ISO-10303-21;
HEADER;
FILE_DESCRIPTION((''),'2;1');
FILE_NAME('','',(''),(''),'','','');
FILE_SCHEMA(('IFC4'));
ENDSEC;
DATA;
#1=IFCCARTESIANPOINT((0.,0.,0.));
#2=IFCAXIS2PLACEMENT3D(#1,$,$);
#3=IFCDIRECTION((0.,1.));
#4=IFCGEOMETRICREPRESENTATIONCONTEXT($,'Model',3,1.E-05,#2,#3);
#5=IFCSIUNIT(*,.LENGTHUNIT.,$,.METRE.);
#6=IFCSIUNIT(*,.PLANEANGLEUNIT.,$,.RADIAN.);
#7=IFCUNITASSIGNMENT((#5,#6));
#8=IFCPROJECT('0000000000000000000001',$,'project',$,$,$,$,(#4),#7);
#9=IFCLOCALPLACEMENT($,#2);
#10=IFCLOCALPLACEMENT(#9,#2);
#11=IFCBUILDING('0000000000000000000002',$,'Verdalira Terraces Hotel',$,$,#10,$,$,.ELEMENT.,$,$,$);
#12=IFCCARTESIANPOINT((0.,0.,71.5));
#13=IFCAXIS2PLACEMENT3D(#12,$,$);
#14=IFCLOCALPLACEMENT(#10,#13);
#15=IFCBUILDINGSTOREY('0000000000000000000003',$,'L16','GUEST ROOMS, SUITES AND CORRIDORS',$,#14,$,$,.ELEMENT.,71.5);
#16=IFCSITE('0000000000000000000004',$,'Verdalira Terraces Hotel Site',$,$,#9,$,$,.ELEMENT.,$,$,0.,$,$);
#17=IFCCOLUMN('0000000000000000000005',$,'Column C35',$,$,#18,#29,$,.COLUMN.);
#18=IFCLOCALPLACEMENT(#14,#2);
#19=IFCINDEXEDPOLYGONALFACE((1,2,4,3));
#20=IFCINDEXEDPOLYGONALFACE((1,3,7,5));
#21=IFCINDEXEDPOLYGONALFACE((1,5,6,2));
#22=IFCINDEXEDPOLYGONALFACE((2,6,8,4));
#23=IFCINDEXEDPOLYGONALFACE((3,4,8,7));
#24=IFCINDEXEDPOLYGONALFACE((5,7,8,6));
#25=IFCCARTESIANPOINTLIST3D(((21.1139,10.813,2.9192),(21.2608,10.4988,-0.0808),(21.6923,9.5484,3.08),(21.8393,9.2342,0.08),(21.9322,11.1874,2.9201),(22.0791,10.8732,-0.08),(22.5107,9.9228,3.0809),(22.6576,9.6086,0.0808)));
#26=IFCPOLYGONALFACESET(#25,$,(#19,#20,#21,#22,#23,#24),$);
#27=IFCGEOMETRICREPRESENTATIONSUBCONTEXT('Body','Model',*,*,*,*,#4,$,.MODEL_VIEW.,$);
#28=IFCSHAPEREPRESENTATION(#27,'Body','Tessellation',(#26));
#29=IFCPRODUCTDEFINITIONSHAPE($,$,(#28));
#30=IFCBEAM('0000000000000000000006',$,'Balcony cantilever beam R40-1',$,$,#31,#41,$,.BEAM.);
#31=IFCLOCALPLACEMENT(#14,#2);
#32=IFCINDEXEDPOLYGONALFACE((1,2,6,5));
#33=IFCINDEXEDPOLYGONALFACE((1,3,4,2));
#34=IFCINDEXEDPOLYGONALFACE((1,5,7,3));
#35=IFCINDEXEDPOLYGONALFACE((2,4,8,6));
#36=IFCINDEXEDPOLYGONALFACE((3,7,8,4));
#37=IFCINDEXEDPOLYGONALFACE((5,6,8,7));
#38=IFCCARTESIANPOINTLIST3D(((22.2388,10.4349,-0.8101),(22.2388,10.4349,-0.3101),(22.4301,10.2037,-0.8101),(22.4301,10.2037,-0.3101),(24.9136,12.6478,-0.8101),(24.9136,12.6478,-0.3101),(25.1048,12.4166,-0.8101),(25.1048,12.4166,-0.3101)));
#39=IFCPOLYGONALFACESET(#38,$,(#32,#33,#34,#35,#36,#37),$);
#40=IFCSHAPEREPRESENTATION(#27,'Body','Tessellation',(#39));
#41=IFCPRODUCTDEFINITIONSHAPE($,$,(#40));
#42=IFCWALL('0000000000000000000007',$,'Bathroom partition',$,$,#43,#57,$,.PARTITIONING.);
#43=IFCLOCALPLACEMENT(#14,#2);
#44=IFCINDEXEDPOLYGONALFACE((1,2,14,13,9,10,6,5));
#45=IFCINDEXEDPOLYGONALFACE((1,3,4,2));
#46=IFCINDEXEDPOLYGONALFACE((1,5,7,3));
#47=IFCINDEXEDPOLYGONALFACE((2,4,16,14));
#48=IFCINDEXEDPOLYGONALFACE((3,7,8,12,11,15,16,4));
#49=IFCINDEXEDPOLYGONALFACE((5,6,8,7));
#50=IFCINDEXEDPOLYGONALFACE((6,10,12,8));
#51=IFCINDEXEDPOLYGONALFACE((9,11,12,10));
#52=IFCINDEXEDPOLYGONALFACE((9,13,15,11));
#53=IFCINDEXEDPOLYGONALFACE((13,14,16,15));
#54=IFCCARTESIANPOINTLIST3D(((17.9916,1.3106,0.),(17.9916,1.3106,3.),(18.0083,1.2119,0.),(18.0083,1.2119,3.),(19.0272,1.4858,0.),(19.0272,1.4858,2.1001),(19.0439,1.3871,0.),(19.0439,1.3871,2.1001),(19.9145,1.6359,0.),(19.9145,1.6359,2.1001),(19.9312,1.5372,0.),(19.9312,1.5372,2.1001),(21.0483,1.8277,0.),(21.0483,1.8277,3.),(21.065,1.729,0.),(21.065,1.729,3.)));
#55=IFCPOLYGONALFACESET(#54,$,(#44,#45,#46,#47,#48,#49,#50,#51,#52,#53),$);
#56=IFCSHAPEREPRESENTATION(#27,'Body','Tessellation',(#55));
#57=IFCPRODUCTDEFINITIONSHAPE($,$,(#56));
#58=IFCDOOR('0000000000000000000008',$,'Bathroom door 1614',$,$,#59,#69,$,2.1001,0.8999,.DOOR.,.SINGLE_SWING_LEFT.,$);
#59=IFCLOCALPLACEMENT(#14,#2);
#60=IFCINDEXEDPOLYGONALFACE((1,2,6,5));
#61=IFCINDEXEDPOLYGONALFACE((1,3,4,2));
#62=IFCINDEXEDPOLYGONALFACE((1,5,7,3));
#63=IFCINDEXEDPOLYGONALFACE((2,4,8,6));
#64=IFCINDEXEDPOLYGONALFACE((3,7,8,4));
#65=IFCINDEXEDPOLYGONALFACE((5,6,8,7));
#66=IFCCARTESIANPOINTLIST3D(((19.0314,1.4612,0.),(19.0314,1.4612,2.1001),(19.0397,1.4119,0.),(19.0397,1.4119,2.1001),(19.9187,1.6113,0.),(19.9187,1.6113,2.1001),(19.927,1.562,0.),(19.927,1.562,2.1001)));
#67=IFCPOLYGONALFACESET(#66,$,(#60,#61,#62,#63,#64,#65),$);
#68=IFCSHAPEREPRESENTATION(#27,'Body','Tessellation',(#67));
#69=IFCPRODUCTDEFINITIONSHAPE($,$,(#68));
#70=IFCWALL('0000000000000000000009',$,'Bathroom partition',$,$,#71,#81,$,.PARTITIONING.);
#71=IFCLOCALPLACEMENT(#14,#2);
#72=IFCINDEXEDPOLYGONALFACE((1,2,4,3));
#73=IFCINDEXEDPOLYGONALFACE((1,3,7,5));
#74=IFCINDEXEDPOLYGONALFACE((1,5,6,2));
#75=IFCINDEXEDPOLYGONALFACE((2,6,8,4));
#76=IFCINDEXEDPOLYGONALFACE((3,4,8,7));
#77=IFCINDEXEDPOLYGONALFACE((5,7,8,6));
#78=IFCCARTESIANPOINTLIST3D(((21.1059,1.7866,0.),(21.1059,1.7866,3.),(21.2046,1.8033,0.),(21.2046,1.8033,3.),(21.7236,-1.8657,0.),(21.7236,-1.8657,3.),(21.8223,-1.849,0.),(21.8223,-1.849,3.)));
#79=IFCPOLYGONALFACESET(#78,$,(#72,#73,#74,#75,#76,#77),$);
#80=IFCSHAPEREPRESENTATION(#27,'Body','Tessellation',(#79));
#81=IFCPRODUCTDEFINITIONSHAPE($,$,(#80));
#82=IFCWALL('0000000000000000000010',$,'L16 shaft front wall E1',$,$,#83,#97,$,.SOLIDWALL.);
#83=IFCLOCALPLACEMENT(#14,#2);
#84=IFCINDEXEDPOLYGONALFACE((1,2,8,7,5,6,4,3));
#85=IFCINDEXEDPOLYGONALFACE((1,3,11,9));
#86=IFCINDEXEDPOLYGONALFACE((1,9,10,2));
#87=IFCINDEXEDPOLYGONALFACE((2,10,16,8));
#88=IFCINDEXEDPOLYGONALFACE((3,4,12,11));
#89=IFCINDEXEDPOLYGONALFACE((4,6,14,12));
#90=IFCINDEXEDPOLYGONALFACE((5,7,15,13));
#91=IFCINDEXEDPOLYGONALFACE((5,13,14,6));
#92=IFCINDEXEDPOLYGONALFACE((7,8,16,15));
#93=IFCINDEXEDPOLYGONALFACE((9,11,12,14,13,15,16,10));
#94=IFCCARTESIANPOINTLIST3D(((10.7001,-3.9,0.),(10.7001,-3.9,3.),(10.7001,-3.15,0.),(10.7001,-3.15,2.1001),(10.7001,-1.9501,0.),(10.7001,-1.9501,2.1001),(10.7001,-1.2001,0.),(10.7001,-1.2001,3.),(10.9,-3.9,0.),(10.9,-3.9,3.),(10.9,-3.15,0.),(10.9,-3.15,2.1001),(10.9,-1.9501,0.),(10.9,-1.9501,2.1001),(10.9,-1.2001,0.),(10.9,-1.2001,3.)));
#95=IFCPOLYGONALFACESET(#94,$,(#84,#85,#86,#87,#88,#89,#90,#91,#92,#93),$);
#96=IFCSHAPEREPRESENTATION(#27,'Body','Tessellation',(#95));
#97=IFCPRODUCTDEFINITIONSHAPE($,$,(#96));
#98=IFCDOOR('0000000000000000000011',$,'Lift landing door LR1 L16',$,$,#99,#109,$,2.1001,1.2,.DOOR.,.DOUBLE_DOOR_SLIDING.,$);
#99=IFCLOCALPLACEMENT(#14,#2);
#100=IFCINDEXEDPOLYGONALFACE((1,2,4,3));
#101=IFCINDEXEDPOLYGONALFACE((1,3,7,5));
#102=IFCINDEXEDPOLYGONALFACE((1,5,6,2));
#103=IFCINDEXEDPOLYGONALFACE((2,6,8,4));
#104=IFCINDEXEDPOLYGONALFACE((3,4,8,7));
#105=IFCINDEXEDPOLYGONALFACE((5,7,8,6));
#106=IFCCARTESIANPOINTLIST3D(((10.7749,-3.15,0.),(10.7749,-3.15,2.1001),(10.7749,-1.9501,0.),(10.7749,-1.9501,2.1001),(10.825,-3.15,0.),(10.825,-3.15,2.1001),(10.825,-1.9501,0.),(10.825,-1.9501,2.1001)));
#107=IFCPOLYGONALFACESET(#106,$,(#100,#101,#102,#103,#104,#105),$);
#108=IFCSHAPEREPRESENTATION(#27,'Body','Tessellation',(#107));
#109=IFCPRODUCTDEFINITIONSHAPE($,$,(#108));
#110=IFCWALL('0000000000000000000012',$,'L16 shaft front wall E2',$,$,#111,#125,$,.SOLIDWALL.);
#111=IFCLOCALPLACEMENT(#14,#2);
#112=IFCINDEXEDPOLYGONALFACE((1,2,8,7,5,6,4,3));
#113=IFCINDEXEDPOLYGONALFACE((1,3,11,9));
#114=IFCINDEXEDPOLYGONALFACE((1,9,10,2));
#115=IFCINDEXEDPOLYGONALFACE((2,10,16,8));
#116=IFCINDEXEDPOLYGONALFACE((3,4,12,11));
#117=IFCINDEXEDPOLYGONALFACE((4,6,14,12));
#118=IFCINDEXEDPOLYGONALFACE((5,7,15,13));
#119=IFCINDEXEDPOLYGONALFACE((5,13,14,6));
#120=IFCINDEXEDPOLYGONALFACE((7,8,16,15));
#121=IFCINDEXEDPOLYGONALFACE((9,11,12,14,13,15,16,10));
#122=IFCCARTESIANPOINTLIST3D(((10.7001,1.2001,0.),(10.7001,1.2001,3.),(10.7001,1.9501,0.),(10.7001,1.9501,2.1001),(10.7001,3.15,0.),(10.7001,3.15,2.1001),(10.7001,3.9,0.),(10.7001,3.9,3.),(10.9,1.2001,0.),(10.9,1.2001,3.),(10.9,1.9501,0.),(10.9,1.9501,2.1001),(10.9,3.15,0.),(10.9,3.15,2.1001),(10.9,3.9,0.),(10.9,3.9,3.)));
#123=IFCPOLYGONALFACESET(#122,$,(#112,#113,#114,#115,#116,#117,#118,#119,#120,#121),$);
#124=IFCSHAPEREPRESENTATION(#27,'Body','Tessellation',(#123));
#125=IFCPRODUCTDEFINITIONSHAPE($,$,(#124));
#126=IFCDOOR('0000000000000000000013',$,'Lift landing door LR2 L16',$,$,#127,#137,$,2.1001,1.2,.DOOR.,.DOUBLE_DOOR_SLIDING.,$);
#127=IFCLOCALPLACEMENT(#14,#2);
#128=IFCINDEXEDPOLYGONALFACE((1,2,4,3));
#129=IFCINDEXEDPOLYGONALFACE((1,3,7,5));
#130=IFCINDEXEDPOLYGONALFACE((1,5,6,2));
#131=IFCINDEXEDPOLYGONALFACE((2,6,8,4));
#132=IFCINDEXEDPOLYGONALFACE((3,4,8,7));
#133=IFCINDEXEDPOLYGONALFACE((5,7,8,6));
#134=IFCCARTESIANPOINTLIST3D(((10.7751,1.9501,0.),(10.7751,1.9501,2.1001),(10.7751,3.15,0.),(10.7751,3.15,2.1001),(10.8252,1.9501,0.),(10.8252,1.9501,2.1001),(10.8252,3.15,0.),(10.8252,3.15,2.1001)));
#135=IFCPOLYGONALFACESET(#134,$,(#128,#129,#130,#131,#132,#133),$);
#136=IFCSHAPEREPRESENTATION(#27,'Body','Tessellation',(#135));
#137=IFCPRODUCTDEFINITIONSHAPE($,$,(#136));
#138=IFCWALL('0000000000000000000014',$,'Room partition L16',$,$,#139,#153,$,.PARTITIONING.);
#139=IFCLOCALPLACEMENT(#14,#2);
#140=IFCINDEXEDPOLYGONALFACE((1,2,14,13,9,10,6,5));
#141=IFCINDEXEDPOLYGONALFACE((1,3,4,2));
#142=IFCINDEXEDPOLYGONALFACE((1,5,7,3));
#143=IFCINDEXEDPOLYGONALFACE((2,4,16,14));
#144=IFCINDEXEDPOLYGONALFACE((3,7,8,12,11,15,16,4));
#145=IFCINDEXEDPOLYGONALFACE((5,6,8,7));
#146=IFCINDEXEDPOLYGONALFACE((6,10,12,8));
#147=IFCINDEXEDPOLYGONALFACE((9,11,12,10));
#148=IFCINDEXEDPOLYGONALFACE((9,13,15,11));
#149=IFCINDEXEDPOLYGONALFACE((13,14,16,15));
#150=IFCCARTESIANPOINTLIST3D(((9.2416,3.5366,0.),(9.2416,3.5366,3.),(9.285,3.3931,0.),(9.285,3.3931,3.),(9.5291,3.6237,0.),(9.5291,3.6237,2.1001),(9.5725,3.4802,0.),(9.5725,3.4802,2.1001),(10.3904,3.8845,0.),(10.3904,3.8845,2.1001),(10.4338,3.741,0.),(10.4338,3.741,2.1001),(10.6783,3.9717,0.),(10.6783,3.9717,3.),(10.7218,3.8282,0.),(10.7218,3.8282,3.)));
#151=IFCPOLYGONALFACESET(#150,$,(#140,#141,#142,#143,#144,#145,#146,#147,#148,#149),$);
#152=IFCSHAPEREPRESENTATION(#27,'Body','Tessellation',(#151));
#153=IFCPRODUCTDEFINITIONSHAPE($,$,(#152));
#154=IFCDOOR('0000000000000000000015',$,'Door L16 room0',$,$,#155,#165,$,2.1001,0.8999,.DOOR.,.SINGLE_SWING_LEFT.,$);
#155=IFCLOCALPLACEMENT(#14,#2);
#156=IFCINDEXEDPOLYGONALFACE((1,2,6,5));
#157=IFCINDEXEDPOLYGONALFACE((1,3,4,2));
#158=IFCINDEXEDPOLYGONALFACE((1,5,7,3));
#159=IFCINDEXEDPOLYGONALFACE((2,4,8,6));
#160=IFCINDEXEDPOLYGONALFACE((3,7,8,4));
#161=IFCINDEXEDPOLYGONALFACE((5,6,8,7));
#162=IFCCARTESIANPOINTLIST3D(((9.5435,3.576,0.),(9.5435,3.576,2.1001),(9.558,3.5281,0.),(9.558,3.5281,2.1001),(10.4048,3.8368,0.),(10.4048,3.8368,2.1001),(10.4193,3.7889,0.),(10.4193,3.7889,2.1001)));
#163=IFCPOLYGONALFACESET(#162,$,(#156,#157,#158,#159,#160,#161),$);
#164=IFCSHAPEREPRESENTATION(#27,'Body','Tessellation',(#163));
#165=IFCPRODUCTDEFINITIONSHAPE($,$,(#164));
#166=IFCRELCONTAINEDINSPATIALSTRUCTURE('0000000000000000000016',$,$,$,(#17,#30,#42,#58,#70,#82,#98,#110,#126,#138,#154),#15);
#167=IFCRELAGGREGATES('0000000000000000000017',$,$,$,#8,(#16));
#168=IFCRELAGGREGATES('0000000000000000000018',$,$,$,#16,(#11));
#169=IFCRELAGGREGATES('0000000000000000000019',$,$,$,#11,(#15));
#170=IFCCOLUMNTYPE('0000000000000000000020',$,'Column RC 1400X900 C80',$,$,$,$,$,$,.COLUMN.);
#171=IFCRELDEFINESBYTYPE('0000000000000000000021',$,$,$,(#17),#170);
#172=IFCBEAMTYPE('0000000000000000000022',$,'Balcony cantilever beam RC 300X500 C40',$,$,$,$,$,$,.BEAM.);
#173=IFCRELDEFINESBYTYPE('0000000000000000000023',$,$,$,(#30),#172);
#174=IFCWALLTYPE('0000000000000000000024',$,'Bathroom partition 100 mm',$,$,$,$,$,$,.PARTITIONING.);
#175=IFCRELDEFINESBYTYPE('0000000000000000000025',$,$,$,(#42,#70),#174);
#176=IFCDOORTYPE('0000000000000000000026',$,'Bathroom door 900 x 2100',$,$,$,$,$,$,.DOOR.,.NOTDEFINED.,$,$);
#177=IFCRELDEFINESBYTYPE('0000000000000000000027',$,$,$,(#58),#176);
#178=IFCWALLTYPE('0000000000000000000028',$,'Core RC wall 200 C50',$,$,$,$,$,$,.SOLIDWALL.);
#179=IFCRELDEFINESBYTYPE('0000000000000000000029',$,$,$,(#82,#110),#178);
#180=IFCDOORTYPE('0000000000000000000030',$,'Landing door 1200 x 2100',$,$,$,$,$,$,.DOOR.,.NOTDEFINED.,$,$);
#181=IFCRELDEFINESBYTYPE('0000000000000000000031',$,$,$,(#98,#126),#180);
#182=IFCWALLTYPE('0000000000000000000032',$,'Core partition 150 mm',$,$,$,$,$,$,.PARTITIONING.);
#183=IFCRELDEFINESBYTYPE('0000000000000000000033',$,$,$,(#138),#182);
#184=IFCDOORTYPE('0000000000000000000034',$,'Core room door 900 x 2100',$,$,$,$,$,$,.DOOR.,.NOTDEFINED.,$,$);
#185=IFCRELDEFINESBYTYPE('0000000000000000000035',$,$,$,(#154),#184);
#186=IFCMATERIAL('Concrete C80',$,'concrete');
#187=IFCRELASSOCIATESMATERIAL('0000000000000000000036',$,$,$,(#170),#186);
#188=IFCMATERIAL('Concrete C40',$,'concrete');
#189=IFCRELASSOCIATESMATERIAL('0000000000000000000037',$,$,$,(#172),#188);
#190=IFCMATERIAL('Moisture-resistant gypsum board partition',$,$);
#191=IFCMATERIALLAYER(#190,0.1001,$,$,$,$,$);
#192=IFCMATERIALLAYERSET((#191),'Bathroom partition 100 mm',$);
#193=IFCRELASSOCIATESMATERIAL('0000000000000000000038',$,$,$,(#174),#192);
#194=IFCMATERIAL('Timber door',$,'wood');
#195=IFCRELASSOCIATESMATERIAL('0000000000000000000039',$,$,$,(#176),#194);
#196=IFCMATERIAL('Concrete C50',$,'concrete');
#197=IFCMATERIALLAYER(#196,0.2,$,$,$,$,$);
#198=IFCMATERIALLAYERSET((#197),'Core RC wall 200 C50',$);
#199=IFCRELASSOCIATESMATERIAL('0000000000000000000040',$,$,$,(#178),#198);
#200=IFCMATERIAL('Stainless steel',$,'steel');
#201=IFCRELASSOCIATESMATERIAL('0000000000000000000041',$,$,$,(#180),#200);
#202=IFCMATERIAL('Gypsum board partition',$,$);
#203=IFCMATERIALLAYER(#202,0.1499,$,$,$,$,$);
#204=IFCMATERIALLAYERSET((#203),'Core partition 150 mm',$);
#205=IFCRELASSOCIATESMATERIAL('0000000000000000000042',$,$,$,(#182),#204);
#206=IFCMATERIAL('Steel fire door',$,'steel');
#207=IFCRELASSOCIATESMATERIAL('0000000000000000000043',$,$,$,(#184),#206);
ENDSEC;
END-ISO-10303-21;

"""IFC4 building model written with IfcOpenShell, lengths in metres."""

from ifc_helpers import new_model, si_unit, direction, frame, frame_2d, origin, origin_2d, place, context, subcontext, project, spatial, rectangle, extrude, material, layer, layer_set, material_profile, profile_set, type_object, element, fill, save


model = new_model("IFC4")

# Units and contexts
model_context = context("Model", 3, precision=1e-05, world=origin(), true_north=direction((0.0, 1.0)))
body_context = subcontext(model_context, "Body", "Model", "MODEL_VIEW")
ifc_project = project(units=[si_unit("LENGTHUNIT", "METRE"), si_unit("PLANEANGLEUNIT", "RADIAN")], contexts=[model_context])

# Site, building, storey
site_placement = place(None, origin())
site = spatial("IfcSite", under=ifc_project, at=site_placement, Name="Verdalira Terraces Hotel Site", CompositionType="ELEMENT", RefElevation=0.0)
building_placement = place(site_placement, origin())
building = spatial("IfcBuilding", under=site, at=building_placement, Name="Verdalira Terraces Hotel", CompositionType="ELEMENT")
storey_placement = place(building_placement, frame((0.0, 0.0, 71.5)))
storey = spatial("IfcBuildingStorey", under=building, at=storey_placement, Name="L16", Description="GUEST ROOMS, SUITES AND CORRIDORS", CompositionType="ELEMENT", Elevation=71.5)

# Column
ifc_material_1 = material(Name="Concrete C80", Category="concrete")
ifc_material_profile_1 = material_profile(ifc_material_1, rectangle(XDim=1.3999, YDim=0.8999, at=origin_2d()), Name="RC 1400X900")
ifc_profile_set_1 = profile_set([ifc_material_profile_1], Name="Concrete C80")
column_type = type_object("IfcColumnType", Name="Column RC 1400X900 C80", PredefinedType="COLUMN", material=ifc_profile_set_1)
column_placement = place(storey_placement, frame((21.9592, 10.0537, 0.0), z_axis=(-0.048667, 0.104043, 0.993381), x_axis=(0.413236, -0.903351, 0.114858)))
element("IfcColumn", 1, at=column_placement, inside=storey, type_object=column_type, Name="Column C35", PredefinedType="COLUMN", context=body_context, shape_type="SweptSolid", body=[
    extrude(rectangle(XDim=1.3999, YDim=0.8999, at=origin_2d()), origin(), (0.0, 0.0, 1.0), 3.02),
])

# Beam
ifc_material_2 = material(Name="Concrete C40", Category="concrete")
ifc_material_profile_2 = material_profile(ifc_material_2, rectangle(XDim=0.3, YDim=0.5, at=origin_2d()), Name="RC 300X500")
ifc_profile_set_2 = profile_set([ifc_material_profile_2], Name="Concrete C40")
beam_type = type_object("IfcBeamType", Name="Balcony cantilever beam RC 300X500 C40", PredefinedType="BEAM", material=ifc_profile_set_2)
beam_placement = place(storey_placement, frame((22.3345, 10.3193, -0.5601), z_axis=(0.770499, 0.637441, 0.0), x_axis=(-0.637441, 0.770499, 0.0)))
element("IfcBeam", 2, at=beam_placement, inside=storey, type_object=beam_type, Name="Balcony cantilever beam R40-1", PredefinedType="BEAM", context=body_context, shape_type="SweptSolid", body=[
    extrude(rectangle(XDim=0.3, YDim=0.5, at=origin_2d()), origin(), (0.0, 0.0, 1.0), 3.4714),
])

# Wall, opening, door
ifc_material_3 = material(Name="Moisture-resistant gypsum board partition")
ifc_layer_1 = layer(ifc_material_3, 0.1001)
ifc_layer_set_1 = layer_set([ifc_layer_1], Name="Bathroom partition 100 mm")
wall_type_1 = type_object("IfcWallType", Name="Bathroom partition 100 mm", PredefinedType="PARTITIONING", material=ifc_layer_set_1)
wall_1_placement = place(storey_placement, frame((21.0566, 1.7783, 0.0), z_axis=(0.0, 0.0, 1.0), x_axis=(-0.985991, -0.166799, 0.0)))
wall_1 = element("IfcWall", 3, at=wall_1_placement, inside=storey, type_object=wall_type_1, Name="Bathroom partition", PredefinedType="PARTITIONING", context=body_context, shape_type="SweptSolid", body=[
    extrude(rectangle(XDim=3.1001, YDim=0.1001, at=frame_2d((1.55, 0.0))), origin(), (0.0, 0.0, 1.0), 3.0),
])
opening_1_placement = place(wall_1_placement, frame((1.1499, 0.0, 0.0)))
opening_1 = element("IfcOpeningElement", 4, at=opening_1_placement, cuts=wall_1, PredefinedType="OPENING", context=body_context, shape_type="SweptSolid", body=[
    extrude(rectangle(XDim=0.8999, YDim=2.1001, at=frame_2d((0.45, 1.05))), frame((0.0, 0.0601, 0.0), z_axis=(0.0, -1.0, 0.0), x_axis=(1.0, 0.0, 0.0)), (0.0, 0.0, 1.0), 0.1201),
])
ifc_material_4 = material(Name="Timber door", Category="wood")
door_type_1 = type_object("IfcDoorType", Name="Bathroom door 900 x 2100", OperationType="NOTDEFINED", PredefinedType="DOOR", material=ifc_material_4)
door_1_placement = place(opening_1_placement, origin())
door_1 = element("IfcDoor", 5, at=door_1_placement, inside=storey, type_object=door_type_1, Name="Bathroom door 1614", OperationType="SINGLE_SWING_LEFT", OverallHeight=2.1001, OverallWidth=0.8999, PredefinedType="DOOR", context=body_context, shape_type="SweptSolid", body=[
    extrude(rectangle(XDim=0.8999, YDim=2.1001, at=frame_2d((0.45, 1.05))), frame((0.0, 0.0249, 0.0), z_axis=(0.0, -1.0, 0.0), x_axis=(1.0, 0.0, 0.0)), (0.0, 0.0, 1.0), 0.05),
])
fill(opening_1, door_1)

# Wall
wall_2_placement = place(storey_placement, frame((21.1553, 1.7949, 0.0), z_axis=(0.0, 0.0, 1.0), x_axis=(0.16675, -0.985999, 0.0)))
element("IfcWall", 6, at=wall_2_placement, inside=storey, type_object=wall_type_1, Name="Bathroom partition", PredefinedType="PARTITIONING", context=body_context, shape_type="SweptSolid", body=[
    extrude(rectangle(XDim=3.7041, YDim=0.1001, at=frame_2d((1.8521, 0.0))), origin(), (0.0, 0.0, 1.0), 3.0),
])

# Walls, openings, doors
ifc_material_5 = material(Name="Concrete C50", Category="concrete")
ifc_layer_2 = layer(ifc_material_5, 0.2)
ifc_layer_set_2 = layer_set([ifc_layer_2], Name="Core RC wall 200 C50")
wall_type_2 = type_object("IfcWallType", Name="Core RC wall 200 C50", PredefinedType="SOLIDWALL", material=ifc_layer_set_2)
wall_3_placement = place(storey_placement, frame((10.8, -1.2, 0.0), z_axis=(0.0, 0.0, 1.0), x_axis=(0.0, -1.0, 0.0)))
wall_3 = element("IfcWall", 7, at=wall_3_placement, inside=storey, type_object=wall_type_2, Name="L16 shaft front wall E1", PredefinedType="SOLIDWALL", context=body_context, shape_type="SweptSolid", body=[
    extrude(rectangle(XDim=2.7, YDim=0.2, at=frame_2d((1.3501, 0.0))), origin(), (0.0, 0.0, 1.0), 3.0),
])
opening_2_placement = place(wall_3_placement, frame((0.75, 0.0, 0.0)))
opening_2 = element("IfcOpeningElement", 8, at=opening_2_placement, cuts=wall_3, PredefinedType="OPENING", context=body_context, shape_type="SweptSolid", body=[
    extrude(rectangle(XDim=1.2, YDim=2.1001, at=frame_2d((0.6001, 1.05))), frame((0.0, 0.1099, 0.0), z_axis=(0.0, -1.0, 0.0), x_axis=(1.0, 0.0, 0.0)), (0.0, 0.0, 1.0), 0.22),
])
ifc_material_6 = material(Name="Stainless steel", Category="steel")
door_type_2 = type_object("IfcDoorType", Name="Landing door 1200 x 2100", OperationType="NOTDEFINED", PredefinedType="DOOR", material=ifc_material_6)
door_2_placement = place(opening_2_placement, origin())
door_2 = element("IfcDoor", 9, at=door_2_placement, inside=storey, type_object=door_type_2, Name="Lift landing door LR1 L16", OperationType="DOUBLE_DOOR_SLIDING", OverallHeight=2.1001, OverallWidth=1.2, PredefinedType="DOOR", context=body_context, shape_type="SweptSolid", body=[
    extrude(rectangle(XDim=1.2, YDim=2.1001, at=frame_2d((0.6001, 1.05))), frame((0.0, 0.0249, 0.0), z_axis=(0.0, -1.0, 0.0), x_axis=(1.0, 0.0, 0.0)), (0.0, 0.0, 1.0), 0.05),
])
fill(opening_2, door_2)
wall_4_placement = place(storey_placement, frame((10.8, 1.2, 0.0), z_axis=(0.0, 0.0, 1.0), x_axis=(0.0, 1.0, 0.0)))
wall_4 = element("IfcWall", 10, at=wall_4_placement, inside=storey, type_object=wall_type_2, Name="L16 shaft front wall E2", PredefinedType="SOLIDWALL", context=body_context, shape_type="SweptSolid", body=[
    extrude(rectangle(XDim=2.7, YDim=0.2, at=frame_2d((1.3501, 0.0))), origin(), (0.0, 0.0, 1.0), 3.0),
])
opening_3_placement = place(wall_4_placement, frame((0.75, 0.0, 0.0)))
opening_3 = element("IfcOpeningElement", 11, at=opening_3_placement, cuts=wall_4, PredefinedType="OPENING", context=body_context, shape_type="SweptSolid", body=[
    extrude(rectangle(XDim=1.2, YDim=2.1001, at=frame_2d((0.6001, 1.05))), frame((0.0, 0.1099, 0.0), z_axis=(0.0, -1.0, 0.0), x_axis=(1.0, 0.0, 0.0)), (0.0, 0.0, 1.0), 0.22),
])
door_3_placement = place(opening_3_placement, origin())
door_3 = element("IfcDoor", 12, at=door_3_placement, inside=storey, type_object=door_type_2, Name="Lift landing door LR2 L16", OperationType="DOUBLE_DOOR_SLIDING", OverallHeight=2.1001, OverallWidth=1.2, PredefinedType="DOOR", context=body_context, shape_type="SweptSolid", body=[
    extrude(rectangle(XDim=1.2, YDim=2.1001, at=frame_2d((0.6001, 1.05))), frame((0.0, 0.0249, 0.0), z_axis=(0.0, -1.0, 0.0), x_axis=(1.0, 0.0, 0.0)), (0.0, 0.0, 1.0), 0.05),
])
fill(opening_3, door_3)
ifc_material_7 = material(Name="Gypsum board partition")
ifc_layer_3 = layer(ifc_material_7, 0.1499)
ifc_layer_set_3 = layer_set([ifc_layer_3], Name="Core partition 150 mm")
wall_type_3 = type_object("IfcWallType", Name="Core partition 150 mm", PredefinedType="PARTITIONING", material=ifc_layer_set_3)
wall_5_placement = place(storey_placement, frame((10.7, 3.8999, 0.0), z_axis=(0.0, 0.0, 1.0), x_axis=(-0.957085, -0.289809, 0.0)))
wall_5 = element("IfcWall", 13, at=wall_5_placement, inside=storey, type_object=wall_type_3, Name="Room partition L16", PredefinedType="PARTITIONING", context=body_context, shape_type="SweptSolid", body=[
    extrude(rectangle(XDim=1.5012, YDim=0.1499, at=frame_2d((0.7505, 0.0))), origin(), (0.0, 0.0, 1.0), 3.0),
])
opening_4_placement = place(wall_5_placement, frame((0.3008, 0.0, 0.0)))
opening_4 = element("IfcOpeningElement", 14, at=opening_4_placement, cuts=wall_5, PredefinedType="OPENING", context=body_context, shape_type="SweptSolid", body=[
    extrude(rectangle(XDim=0.8999, YDim=2.1001, at=frame_2d((0.45, 1.05))), frame((0.0, 0.085, 0.0), z_axis=(0.0, -1.0, 0.0), x_axis=(1.0, 0.0, 0.0)), (0.0, 0.0, 1.0), 0.1699),
])
ifc_material_8 = material(Name="Steel fire door", Category="steel")
door_type_3 = type_object("IfcDoorType", Name="Core room door 900 x 2100", OperationType="NOTDEFINED", PredefinedType="DOOR", material=ifc_material_8)
door_4_placement = place(opening_4_placement, origin())
door_4 = element("IfcDoor", 15, at=door_4_placement, inside=storey, type_object=door_type_3, Name="Door L16 room0", OperationType="SINGLE_SWING_LEFT", OverallHeight=2.1001, OverallWidth=0.8999, PredefinedType="DOOR", context=body_context, shape_type="SweptSolid", body=[
    extrude(rectangle(XDim=0.8999, YDim=2.1001, at=frame_2d((0.45, 1.05))), frame((0.0, 0.0249, 0.0), z_axis=(0.0, -1.0, 0.0), x_axis=(1.0, 0.0, 0.0)), (0.0, 0.0, 1.0), 0.05),
])
fill(opening_4, door_4)

save(model, "model.ifc")
